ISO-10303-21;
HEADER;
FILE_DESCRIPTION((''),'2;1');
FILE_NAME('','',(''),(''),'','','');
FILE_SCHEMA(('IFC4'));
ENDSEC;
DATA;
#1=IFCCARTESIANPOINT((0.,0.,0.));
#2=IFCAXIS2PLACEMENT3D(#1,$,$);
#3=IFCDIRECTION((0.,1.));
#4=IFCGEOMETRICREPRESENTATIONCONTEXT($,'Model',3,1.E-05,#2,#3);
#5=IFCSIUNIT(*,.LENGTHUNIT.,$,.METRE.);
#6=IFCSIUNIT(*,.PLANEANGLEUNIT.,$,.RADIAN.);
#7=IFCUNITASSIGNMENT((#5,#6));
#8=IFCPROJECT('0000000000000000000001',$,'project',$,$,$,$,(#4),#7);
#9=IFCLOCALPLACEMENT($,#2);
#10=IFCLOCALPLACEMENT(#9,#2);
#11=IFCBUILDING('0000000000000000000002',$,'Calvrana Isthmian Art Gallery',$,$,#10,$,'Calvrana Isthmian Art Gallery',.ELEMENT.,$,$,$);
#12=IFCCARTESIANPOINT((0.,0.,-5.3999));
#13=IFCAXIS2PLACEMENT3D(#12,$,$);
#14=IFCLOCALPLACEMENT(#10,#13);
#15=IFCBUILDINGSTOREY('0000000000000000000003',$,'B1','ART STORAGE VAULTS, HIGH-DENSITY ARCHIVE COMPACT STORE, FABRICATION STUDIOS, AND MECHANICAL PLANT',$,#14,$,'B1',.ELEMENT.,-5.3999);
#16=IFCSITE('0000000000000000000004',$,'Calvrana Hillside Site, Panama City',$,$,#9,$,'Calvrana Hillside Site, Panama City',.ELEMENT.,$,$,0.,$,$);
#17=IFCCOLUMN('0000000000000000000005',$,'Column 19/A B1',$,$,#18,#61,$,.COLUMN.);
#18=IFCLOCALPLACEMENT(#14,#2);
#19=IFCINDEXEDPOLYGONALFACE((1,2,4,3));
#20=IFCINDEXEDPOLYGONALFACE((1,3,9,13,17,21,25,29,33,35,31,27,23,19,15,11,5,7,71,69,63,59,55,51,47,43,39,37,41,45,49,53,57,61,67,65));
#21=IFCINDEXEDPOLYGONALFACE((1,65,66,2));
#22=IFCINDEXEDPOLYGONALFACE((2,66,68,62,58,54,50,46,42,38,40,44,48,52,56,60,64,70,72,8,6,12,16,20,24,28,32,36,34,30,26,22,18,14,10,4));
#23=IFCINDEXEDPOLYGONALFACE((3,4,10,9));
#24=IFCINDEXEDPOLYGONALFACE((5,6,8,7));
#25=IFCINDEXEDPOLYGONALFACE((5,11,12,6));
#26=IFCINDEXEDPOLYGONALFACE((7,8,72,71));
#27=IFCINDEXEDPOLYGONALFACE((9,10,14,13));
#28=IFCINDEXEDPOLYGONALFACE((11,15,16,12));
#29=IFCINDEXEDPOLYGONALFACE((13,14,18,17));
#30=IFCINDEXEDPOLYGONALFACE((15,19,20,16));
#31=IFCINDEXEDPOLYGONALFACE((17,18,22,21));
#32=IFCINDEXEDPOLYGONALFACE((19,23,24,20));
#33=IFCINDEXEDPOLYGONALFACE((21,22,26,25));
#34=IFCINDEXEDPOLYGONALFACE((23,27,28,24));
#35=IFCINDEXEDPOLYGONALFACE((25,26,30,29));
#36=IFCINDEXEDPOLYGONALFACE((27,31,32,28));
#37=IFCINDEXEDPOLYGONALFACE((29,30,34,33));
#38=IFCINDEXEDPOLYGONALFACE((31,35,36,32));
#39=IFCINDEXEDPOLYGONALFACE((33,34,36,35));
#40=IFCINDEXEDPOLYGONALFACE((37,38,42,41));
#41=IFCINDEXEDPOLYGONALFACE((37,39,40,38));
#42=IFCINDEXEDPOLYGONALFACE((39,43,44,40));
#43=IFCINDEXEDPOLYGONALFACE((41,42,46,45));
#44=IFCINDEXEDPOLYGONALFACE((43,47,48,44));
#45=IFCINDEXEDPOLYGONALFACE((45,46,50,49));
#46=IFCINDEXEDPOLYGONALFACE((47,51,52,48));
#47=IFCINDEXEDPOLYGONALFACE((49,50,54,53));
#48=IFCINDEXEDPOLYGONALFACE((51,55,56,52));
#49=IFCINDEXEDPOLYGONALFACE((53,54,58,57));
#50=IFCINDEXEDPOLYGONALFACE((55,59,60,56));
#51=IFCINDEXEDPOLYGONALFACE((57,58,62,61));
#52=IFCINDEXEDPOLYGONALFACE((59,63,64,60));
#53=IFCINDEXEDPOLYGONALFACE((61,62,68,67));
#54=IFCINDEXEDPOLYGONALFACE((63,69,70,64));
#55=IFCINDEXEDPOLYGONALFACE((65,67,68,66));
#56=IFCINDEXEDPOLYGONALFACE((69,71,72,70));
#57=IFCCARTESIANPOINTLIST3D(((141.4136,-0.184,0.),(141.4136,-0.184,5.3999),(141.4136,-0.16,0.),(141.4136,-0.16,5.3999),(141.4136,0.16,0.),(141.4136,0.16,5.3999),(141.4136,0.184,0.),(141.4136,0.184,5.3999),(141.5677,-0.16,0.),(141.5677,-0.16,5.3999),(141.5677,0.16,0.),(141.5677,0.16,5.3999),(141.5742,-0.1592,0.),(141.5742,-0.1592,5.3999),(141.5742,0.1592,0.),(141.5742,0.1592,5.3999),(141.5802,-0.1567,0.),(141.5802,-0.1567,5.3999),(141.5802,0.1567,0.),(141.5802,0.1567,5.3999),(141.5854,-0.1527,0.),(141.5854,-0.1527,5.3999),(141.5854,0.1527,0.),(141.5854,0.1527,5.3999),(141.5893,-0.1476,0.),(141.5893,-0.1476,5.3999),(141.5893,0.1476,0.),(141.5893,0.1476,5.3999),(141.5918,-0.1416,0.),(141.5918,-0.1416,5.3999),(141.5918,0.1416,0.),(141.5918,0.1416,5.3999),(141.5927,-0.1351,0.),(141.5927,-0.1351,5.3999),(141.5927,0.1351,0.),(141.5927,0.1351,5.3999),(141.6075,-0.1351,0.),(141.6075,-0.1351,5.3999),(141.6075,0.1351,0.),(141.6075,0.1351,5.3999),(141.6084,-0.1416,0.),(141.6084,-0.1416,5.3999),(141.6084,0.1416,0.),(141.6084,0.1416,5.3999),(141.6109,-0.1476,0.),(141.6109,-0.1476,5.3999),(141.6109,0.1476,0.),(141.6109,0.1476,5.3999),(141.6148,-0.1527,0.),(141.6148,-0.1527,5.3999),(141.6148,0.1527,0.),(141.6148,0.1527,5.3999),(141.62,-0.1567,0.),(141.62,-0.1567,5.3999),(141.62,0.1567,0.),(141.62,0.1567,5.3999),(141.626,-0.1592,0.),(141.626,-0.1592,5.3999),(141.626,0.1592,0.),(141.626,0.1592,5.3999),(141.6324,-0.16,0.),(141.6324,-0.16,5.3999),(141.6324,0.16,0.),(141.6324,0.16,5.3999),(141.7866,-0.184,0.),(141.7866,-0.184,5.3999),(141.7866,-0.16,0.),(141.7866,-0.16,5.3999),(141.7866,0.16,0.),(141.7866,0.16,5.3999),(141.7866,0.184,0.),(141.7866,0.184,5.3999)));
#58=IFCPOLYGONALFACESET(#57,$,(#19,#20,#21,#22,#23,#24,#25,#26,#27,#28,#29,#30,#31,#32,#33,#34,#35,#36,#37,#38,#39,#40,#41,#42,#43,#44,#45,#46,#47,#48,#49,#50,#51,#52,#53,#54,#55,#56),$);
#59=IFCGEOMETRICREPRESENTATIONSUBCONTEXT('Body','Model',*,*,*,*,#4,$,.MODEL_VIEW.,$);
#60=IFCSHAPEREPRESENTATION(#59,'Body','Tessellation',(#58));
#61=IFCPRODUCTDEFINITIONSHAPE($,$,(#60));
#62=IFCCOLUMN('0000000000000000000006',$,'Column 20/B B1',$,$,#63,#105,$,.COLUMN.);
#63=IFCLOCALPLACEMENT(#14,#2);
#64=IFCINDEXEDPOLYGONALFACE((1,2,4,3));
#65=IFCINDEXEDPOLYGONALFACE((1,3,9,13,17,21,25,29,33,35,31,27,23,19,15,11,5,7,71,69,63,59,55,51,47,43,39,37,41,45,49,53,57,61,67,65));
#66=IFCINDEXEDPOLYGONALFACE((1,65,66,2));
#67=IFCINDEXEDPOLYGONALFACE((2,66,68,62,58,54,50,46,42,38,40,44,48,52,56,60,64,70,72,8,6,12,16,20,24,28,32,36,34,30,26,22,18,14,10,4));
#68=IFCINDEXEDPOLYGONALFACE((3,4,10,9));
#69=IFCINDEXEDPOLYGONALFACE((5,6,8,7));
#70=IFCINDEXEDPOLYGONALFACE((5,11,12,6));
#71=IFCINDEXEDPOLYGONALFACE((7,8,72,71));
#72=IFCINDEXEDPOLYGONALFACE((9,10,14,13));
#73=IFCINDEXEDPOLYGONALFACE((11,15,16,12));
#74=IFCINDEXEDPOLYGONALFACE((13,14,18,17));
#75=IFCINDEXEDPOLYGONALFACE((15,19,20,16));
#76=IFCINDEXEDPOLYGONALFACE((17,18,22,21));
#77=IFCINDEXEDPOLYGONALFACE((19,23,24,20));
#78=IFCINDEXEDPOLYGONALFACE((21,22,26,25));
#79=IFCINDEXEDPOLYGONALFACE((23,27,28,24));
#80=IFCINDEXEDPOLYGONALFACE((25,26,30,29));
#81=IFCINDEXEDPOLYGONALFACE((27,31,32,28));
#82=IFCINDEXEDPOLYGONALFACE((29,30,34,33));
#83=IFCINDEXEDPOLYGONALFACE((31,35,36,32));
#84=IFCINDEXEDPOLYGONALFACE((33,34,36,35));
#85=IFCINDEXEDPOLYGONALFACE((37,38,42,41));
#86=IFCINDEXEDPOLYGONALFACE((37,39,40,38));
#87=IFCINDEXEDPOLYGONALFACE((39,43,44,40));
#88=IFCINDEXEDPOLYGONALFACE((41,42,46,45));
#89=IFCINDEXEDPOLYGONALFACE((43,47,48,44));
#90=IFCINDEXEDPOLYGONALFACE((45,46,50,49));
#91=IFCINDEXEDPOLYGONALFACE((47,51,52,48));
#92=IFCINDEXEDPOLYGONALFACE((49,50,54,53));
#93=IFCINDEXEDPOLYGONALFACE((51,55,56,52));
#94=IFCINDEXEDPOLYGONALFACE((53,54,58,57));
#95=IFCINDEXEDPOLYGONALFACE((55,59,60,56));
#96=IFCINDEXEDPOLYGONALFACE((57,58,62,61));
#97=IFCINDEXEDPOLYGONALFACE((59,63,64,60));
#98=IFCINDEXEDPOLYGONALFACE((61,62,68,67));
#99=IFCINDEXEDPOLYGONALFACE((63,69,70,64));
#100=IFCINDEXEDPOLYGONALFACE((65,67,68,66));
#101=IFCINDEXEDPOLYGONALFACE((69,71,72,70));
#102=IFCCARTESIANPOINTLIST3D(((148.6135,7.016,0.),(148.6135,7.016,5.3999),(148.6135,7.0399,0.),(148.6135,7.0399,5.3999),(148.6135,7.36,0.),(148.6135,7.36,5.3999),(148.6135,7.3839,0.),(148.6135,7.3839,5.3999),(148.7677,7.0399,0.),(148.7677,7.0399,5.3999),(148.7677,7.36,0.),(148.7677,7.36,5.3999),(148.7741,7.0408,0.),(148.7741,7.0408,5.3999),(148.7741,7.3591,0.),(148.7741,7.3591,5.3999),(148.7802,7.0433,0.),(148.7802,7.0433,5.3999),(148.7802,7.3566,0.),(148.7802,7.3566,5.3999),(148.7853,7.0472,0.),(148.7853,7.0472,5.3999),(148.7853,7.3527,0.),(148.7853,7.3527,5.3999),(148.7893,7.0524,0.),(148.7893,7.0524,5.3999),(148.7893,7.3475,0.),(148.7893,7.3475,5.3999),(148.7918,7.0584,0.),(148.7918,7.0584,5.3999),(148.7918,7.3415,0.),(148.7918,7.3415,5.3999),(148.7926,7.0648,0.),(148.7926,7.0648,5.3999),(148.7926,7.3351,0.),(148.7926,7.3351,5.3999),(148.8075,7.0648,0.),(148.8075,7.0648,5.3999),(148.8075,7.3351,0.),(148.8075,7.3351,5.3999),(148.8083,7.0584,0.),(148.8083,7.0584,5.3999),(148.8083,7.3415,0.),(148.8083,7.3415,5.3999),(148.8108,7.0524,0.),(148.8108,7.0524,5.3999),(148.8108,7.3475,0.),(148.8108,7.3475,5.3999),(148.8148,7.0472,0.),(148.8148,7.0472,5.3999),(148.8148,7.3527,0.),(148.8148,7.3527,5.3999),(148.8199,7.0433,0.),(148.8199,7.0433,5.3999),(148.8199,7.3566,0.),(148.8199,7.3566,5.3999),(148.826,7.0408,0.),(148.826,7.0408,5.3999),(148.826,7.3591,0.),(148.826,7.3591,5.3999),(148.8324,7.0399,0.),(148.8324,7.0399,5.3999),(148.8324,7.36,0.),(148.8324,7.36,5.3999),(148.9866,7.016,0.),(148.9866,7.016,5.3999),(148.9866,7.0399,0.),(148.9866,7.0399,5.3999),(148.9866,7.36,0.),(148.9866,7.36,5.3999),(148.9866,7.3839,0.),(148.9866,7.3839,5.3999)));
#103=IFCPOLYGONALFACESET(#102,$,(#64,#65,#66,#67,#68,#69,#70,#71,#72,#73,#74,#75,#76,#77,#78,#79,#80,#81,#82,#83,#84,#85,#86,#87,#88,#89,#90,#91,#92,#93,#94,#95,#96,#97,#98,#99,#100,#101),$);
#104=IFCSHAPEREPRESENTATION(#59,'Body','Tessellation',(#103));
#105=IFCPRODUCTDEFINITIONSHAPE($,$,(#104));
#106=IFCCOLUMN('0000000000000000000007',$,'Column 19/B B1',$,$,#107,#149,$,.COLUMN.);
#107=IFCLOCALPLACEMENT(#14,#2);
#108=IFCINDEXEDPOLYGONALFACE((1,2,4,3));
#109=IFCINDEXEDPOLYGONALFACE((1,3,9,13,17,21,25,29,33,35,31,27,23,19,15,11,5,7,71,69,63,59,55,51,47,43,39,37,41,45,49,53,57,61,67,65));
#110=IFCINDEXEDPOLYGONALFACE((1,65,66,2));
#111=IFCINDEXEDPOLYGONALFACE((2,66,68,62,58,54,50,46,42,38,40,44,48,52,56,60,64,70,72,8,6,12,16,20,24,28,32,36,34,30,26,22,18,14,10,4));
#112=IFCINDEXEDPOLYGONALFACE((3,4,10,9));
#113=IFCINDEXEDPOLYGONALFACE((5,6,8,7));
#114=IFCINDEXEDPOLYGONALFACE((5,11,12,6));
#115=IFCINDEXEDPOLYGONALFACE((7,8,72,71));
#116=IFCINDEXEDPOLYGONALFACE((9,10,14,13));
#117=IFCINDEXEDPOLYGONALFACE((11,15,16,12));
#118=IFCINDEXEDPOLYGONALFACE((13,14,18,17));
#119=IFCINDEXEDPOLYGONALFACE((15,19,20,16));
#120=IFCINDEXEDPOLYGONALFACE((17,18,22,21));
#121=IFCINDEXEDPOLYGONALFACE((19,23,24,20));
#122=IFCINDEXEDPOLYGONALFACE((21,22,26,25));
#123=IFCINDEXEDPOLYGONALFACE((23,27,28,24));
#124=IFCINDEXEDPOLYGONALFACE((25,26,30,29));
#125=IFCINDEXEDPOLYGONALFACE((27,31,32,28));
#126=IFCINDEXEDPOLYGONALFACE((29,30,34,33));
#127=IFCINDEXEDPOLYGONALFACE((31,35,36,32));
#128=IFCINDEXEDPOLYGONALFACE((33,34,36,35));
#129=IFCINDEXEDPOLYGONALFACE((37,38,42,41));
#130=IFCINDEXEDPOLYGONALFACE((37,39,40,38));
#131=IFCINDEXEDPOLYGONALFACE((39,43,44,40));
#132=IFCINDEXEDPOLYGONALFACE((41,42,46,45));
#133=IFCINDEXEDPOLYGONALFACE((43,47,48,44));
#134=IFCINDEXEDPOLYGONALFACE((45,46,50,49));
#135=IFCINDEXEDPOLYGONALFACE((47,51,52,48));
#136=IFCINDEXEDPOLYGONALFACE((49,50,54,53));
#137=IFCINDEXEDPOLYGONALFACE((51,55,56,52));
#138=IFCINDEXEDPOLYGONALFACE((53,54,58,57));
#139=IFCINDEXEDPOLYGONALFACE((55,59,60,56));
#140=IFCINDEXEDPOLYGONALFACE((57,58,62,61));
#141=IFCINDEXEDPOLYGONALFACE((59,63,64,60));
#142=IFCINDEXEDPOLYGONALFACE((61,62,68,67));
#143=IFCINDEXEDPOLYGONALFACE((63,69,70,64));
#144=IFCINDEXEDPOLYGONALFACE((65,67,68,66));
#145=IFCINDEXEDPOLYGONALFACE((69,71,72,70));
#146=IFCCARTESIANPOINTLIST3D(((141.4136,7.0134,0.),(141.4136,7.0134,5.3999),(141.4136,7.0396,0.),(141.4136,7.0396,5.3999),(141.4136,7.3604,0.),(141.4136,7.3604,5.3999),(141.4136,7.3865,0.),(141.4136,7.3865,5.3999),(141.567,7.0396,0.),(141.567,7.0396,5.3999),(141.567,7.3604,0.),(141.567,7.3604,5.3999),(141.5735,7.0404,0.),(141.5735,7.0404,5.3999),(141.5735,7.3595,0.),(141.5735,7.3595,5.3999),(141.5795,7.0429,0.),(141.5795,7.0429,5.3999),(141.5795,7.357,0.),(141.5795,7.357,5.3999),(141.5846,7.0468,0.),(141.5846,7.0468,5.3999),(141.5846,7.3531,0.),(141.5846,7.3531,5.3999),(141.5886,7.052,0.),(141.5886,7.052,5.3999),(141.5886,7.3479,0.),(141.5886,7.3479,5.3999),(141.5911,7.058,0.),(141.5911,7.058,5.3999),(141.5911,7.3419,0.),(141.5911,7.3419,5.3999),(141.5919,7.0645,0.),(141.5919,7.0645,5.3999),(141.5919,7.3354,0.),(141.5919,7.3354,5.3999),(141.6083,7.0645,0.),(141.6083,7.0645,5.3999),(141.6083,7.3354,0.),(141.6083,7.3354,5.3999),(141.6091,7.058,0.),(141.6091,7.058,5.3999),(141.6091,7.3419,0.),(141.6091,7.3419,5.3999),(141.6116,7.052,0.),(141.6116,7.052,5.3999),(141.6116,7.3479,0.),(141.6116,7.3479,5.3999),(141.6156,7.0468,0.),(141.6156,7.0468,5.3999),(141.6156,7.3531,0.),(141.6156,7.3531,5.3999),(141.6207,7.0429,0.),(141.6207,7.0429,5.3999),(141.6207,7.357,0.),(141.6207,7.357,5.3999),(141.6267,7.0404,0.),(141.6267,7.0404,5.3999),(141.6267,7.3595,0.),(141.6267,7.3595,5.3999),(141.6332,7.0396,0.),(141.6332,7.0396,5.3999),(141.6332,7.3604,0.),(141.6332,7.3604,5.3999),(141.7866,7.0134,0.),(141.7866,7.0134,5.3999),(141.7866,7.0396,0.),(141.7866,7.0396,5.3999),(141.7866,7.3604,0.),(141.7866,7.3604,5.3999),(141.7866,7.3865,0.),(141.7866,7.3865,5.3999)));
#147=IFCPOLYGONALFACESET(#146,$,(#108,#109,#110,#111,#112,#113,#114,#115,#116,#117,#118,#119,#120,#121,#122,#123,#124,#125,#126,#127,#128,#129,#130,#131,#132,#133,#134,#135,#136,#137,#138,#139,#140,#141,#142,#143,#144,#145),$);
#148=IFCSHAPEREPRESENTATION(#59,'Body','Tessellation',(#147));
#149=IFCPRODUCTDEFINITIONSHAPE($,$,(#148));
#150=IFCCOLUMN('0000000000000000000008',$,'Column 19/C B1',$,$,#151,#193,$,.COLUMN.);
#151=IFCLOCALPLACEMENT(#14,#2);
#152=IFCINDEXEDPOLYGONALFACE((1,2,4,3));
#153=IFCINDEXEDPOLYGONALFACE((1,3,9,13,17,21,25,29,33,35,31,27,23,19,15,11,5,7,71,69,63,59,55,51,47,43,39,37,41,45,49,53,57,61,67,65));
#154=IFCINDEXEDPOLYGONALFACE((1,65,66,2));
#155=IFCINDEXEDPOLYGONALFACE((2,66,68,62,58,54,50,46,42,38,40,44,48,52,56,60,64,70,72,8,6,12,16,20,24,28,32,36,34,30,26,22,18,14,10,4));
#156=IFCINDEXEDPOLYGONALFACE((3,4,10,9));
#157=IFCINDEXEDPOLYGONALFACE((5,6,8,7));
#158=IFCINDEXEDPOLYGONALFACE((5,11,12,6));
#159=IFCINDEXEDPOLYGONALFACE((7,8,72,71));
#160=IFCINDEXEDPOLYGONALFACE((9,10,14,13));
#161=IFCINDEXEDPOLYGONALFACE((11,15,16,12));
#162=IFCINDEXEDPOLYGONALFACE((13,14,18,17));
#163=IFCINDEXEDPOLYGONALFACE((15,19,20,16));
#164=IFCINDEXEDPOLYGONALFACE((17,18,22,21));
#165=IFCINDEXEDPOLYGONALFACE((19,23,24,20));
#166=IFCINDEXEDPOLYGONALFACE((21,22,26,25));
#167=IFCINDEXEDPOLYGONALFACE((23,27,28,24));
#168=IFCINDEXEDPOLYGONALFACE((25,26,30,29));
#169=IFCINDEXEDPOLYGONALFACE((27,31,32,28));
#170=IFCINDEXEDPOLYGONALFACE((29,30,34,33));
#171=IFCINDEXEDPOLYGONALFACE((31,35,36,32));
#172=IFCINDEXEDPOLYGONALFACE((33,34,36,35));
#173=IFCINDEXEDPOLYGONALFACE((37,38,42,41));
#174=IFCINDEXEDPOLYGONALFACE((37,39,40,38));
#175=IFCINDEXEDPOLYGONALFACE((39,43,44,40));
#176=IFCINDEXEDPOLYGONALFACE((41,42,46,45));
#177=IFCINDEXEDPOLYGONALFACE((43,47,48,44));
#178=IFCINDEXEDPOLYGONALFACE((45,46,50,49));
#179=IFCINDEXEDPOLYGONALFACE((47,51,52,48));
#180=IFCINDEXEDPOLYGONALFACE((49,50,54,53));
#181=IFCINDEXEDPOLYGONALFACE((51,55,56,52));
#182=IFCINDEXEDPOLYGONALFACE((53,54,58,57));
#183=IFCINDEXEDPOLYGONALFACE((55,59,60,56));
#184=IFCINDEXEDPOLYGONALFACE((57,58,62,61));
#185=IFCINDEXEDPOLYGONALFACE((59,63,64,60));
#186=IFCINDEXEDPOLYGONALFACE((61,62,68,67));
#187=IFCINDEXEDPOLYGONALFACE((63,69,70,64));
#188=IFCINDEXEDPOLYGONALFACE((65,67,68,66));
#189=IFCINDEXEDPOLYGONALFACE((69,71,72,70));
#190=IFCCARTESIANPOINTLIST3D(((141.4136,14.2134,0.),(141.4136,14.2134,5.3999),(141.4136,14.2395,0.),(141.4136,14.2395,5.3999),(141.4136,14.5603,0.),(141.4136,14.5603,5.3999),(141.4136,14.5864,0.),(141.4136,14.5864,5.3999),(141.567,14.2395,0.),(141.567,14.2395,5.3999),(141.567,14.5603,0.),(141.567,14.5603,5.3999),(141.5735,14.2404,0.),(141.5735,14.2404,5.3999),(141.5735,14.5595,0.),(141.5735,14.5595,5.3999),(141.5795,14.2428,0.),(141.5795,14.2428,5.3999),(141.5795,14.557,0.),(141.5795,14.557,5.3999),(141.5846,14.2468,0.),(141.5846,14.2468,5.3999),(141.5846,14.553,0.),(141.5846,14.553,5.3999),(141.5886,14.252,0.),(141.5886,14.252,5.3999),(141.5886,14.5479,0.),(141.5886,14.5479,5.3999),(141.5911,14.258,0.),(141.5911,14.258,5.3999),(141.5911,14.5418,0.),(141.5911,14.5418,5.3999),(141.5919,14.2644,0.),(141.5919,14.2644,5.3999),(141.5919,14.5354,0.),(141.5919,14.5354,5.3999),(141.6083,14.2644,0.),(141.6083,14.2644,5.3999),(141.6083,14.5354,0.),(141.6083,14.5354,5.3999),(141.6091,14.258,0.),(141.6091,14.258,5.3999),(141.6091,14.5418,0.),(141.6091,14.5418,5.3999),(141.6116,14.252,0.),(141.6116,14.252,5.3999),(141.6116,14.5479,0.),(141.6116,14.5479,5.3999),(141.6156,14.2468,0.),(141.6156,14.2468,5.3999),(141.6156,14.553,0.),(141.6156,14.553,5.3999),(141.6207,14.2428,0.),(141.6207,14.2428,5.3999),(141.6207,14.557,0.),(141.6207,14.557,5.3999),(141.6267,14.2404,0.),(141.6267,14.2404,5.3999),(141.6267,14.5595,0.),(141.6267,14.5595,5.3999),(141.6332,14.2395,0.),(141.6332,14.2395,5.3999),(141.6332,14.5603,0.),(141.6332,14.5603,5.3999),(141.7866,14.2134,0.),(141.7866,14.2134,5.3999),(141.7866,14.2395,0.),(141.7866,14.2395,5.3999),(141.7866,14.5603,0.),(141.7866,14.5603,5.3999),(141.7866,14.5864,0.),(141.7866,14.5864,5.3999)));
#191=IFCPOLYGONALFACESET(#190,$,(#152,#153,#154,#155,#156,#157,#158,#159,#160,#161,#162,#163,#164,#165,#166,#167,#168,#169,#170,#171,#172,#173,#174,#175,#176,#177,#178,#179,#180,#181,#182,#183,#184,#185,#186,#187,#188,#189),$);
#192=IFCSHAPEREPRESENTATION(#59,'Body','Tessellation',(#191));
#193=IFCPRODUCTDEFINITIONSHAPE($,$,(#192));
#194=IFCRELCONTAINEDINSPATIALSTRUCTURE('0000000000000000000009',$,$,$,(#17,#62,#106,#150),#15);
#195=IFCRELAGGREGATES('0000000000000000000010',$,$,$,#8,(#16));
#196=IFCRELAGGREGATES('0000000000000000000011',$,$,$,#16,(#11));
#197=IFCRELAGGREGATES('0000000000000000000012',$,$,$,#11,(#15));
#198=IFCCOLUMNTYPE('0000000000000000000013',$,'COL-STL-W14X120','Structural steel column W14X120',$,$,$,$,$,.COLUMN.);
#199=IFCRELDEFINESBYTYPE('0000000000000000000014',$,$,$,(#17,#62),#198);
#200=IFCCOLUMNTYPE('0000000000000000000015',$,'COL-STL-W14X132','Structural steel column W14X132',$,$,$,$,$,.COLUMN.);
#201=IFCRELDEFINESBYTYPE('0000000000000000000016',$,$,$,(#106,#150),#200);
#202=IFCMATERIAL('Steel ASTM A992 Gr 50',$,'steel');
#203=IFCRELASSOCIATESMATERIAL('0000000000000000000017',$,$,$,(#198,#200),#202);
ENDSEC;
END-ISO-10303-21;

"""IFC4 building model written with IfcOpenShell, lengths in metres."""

from ifc_helpers import new_model, si_unit, direction, frame, origin, origin_2d, place, context, subcontext, project, spatial, i_section, extrude, material, material_profile, profile_set, type_object, element, save


model = new_model("IFC4")

# Units and contexts
model_context = context("Model", 3, precision=1e-05, world=origin(), true_north=direction((0.0, 1.0)))
body_context = subcontext(model_context, "Body", "Model", "MODEL_VIEW")
ifc_project = project(units=[si_unit("LENGTHUNIT", "METRE"), si_unit("PLANEANGLEUNIT", "RADIAN")], contexts=[model_context])

# Site, building, storey
site_placement = place(None, origin())
site = spatial("IfcSite", under=ifc_project, at=site_placement, Name="Calvrana Hillside Site, Panama City", LongName="Calvrana Hillside Site, Panama City", CompositionType="ELEMENT", RefElevation=0.0)
building_placement = place(site_placement, origin())
building = spatial("IfcBuilding", under=site, at=building_placement, Name="Calvrana Isthmian Art Gallery", LongName="Calvrana Isthmian Art Gallery", CompositionType="ELEMENT")
storey_placement = place(building_placement, frame((0.0, 0.0, -5.3999)))
storey = spatial("IfcBuildingStorey", under=building, at=storey_placement, Name="B1", Description="ART STORAGE VAULTS, HIGH-DENSITY ARCHIVE COMPACT STORE, FABRICATION STUDIOS, AND MECHANICAL PLANT", LongName="B1", CompositionType="ELEMENT", Elevation=-5.3999)

# Columns
ifc_material_1 = material(Name="Steel ASTM A992 Gr 50", Category="steel")
ifc_material_profile_1 = material_profile(ifc_material_1, i_section(OverallWidth=0.373, OverallDepth=0.3679, WebThickness=0.0149, FlangeThickness=0.0239, FilletRadius=0.0249, at=origin_2d()), Name="W14X120")
ifc_profile_set_1 = profile_set([ifc_material_profile_1], Name="Steel ASTM A992 Gr 50")
column_type_1 = type_object("IfcColumnType", Name="COL-STL-W14X120", Description="Structural steel column W14X120", PredefinedType="COLUMN", material=ifc_profile_set_1)
for number, where, z_axis, x_axis, name in (
    (1, (141.6001, 0.0, 0.0), (0.0, 0.0, 1.0), (1.0, 0.0, 0.0), "Column 19/A B1"),
    (2, (148.8, 7.2, 0.0), (0.0, 0.0, 1.0), (1.0, 0.0, 0.0), "Column 20/B B1"),
):
    element("IfcColumn", number, at=place(storey_placement, frame(where, z_axis=z_axis, x_axis=x_axis)), inside=storey, type_object=column_type_1, Name=name, PredefinedType="COLUMN", context=body_context, shape_type="SweptSolid", body=[
        extrude(i_section(OverallWidth=0.373, OverallDepth=0.3679, WebThickness=0.0149, FlangeThickness=0.0239, FilletRadius=0.0249, at=origin_2d()), origin(), (0.0, 0.0, 1.0), 5.3999),
    ])
ifc_material_profile_2 = material_profile(ifc_material_1, i_section(OverallWidth=0.373, OverallDepth=0.373, WebThickness=0.0164, FlangeThickness=0.0261, FilletRadius=0.0249, at=origin_2d()), Name="W14X132")
ifc_profile_set_2 = profile_set([ifc_material_profile_2], Name="Steel ASTM A992 Gr 50")
column_type_2 = type_object("IfcColumnType", Name="COL-STL-W14X132", Description="Structural steel column W14X132", PredefinedType="COLUMN", material=ifc_profile_set_2)
for number, where, z_axis, x_axis, name in (
    (3, (141.6001, 7.2, 0.0), (0.0, 0.0, 1.0), (1.0, 0.0, 0.0), "Column 19/B B1"),
    (4, (141.6001, 14.3999, 0.0), (0.0, 0.0, 1.0), (1.0, 0.0, 0.0), "Column 19/C B1"),
):
    element("IfcColumn", number, at=place(storey_placement, frame(where, z_axis=z_axis, x_axis=x_axis)), inside=storey, type_object=column_type_2, Name=name, PredefinedType="COLUMN", context=body_context, shape_type="SweptSolid", body=[
        extrude(i_section(OverallWidth=0.373, OverallDepth=0.373, WebThickness=0.0164, FlangeThickness=0.0261, FilletRadius=0.0249, at=origin_2d()), origin(), (0.0, 0.0, 1.0), 5.3999),
    ])

save(model, "model.ifc")
